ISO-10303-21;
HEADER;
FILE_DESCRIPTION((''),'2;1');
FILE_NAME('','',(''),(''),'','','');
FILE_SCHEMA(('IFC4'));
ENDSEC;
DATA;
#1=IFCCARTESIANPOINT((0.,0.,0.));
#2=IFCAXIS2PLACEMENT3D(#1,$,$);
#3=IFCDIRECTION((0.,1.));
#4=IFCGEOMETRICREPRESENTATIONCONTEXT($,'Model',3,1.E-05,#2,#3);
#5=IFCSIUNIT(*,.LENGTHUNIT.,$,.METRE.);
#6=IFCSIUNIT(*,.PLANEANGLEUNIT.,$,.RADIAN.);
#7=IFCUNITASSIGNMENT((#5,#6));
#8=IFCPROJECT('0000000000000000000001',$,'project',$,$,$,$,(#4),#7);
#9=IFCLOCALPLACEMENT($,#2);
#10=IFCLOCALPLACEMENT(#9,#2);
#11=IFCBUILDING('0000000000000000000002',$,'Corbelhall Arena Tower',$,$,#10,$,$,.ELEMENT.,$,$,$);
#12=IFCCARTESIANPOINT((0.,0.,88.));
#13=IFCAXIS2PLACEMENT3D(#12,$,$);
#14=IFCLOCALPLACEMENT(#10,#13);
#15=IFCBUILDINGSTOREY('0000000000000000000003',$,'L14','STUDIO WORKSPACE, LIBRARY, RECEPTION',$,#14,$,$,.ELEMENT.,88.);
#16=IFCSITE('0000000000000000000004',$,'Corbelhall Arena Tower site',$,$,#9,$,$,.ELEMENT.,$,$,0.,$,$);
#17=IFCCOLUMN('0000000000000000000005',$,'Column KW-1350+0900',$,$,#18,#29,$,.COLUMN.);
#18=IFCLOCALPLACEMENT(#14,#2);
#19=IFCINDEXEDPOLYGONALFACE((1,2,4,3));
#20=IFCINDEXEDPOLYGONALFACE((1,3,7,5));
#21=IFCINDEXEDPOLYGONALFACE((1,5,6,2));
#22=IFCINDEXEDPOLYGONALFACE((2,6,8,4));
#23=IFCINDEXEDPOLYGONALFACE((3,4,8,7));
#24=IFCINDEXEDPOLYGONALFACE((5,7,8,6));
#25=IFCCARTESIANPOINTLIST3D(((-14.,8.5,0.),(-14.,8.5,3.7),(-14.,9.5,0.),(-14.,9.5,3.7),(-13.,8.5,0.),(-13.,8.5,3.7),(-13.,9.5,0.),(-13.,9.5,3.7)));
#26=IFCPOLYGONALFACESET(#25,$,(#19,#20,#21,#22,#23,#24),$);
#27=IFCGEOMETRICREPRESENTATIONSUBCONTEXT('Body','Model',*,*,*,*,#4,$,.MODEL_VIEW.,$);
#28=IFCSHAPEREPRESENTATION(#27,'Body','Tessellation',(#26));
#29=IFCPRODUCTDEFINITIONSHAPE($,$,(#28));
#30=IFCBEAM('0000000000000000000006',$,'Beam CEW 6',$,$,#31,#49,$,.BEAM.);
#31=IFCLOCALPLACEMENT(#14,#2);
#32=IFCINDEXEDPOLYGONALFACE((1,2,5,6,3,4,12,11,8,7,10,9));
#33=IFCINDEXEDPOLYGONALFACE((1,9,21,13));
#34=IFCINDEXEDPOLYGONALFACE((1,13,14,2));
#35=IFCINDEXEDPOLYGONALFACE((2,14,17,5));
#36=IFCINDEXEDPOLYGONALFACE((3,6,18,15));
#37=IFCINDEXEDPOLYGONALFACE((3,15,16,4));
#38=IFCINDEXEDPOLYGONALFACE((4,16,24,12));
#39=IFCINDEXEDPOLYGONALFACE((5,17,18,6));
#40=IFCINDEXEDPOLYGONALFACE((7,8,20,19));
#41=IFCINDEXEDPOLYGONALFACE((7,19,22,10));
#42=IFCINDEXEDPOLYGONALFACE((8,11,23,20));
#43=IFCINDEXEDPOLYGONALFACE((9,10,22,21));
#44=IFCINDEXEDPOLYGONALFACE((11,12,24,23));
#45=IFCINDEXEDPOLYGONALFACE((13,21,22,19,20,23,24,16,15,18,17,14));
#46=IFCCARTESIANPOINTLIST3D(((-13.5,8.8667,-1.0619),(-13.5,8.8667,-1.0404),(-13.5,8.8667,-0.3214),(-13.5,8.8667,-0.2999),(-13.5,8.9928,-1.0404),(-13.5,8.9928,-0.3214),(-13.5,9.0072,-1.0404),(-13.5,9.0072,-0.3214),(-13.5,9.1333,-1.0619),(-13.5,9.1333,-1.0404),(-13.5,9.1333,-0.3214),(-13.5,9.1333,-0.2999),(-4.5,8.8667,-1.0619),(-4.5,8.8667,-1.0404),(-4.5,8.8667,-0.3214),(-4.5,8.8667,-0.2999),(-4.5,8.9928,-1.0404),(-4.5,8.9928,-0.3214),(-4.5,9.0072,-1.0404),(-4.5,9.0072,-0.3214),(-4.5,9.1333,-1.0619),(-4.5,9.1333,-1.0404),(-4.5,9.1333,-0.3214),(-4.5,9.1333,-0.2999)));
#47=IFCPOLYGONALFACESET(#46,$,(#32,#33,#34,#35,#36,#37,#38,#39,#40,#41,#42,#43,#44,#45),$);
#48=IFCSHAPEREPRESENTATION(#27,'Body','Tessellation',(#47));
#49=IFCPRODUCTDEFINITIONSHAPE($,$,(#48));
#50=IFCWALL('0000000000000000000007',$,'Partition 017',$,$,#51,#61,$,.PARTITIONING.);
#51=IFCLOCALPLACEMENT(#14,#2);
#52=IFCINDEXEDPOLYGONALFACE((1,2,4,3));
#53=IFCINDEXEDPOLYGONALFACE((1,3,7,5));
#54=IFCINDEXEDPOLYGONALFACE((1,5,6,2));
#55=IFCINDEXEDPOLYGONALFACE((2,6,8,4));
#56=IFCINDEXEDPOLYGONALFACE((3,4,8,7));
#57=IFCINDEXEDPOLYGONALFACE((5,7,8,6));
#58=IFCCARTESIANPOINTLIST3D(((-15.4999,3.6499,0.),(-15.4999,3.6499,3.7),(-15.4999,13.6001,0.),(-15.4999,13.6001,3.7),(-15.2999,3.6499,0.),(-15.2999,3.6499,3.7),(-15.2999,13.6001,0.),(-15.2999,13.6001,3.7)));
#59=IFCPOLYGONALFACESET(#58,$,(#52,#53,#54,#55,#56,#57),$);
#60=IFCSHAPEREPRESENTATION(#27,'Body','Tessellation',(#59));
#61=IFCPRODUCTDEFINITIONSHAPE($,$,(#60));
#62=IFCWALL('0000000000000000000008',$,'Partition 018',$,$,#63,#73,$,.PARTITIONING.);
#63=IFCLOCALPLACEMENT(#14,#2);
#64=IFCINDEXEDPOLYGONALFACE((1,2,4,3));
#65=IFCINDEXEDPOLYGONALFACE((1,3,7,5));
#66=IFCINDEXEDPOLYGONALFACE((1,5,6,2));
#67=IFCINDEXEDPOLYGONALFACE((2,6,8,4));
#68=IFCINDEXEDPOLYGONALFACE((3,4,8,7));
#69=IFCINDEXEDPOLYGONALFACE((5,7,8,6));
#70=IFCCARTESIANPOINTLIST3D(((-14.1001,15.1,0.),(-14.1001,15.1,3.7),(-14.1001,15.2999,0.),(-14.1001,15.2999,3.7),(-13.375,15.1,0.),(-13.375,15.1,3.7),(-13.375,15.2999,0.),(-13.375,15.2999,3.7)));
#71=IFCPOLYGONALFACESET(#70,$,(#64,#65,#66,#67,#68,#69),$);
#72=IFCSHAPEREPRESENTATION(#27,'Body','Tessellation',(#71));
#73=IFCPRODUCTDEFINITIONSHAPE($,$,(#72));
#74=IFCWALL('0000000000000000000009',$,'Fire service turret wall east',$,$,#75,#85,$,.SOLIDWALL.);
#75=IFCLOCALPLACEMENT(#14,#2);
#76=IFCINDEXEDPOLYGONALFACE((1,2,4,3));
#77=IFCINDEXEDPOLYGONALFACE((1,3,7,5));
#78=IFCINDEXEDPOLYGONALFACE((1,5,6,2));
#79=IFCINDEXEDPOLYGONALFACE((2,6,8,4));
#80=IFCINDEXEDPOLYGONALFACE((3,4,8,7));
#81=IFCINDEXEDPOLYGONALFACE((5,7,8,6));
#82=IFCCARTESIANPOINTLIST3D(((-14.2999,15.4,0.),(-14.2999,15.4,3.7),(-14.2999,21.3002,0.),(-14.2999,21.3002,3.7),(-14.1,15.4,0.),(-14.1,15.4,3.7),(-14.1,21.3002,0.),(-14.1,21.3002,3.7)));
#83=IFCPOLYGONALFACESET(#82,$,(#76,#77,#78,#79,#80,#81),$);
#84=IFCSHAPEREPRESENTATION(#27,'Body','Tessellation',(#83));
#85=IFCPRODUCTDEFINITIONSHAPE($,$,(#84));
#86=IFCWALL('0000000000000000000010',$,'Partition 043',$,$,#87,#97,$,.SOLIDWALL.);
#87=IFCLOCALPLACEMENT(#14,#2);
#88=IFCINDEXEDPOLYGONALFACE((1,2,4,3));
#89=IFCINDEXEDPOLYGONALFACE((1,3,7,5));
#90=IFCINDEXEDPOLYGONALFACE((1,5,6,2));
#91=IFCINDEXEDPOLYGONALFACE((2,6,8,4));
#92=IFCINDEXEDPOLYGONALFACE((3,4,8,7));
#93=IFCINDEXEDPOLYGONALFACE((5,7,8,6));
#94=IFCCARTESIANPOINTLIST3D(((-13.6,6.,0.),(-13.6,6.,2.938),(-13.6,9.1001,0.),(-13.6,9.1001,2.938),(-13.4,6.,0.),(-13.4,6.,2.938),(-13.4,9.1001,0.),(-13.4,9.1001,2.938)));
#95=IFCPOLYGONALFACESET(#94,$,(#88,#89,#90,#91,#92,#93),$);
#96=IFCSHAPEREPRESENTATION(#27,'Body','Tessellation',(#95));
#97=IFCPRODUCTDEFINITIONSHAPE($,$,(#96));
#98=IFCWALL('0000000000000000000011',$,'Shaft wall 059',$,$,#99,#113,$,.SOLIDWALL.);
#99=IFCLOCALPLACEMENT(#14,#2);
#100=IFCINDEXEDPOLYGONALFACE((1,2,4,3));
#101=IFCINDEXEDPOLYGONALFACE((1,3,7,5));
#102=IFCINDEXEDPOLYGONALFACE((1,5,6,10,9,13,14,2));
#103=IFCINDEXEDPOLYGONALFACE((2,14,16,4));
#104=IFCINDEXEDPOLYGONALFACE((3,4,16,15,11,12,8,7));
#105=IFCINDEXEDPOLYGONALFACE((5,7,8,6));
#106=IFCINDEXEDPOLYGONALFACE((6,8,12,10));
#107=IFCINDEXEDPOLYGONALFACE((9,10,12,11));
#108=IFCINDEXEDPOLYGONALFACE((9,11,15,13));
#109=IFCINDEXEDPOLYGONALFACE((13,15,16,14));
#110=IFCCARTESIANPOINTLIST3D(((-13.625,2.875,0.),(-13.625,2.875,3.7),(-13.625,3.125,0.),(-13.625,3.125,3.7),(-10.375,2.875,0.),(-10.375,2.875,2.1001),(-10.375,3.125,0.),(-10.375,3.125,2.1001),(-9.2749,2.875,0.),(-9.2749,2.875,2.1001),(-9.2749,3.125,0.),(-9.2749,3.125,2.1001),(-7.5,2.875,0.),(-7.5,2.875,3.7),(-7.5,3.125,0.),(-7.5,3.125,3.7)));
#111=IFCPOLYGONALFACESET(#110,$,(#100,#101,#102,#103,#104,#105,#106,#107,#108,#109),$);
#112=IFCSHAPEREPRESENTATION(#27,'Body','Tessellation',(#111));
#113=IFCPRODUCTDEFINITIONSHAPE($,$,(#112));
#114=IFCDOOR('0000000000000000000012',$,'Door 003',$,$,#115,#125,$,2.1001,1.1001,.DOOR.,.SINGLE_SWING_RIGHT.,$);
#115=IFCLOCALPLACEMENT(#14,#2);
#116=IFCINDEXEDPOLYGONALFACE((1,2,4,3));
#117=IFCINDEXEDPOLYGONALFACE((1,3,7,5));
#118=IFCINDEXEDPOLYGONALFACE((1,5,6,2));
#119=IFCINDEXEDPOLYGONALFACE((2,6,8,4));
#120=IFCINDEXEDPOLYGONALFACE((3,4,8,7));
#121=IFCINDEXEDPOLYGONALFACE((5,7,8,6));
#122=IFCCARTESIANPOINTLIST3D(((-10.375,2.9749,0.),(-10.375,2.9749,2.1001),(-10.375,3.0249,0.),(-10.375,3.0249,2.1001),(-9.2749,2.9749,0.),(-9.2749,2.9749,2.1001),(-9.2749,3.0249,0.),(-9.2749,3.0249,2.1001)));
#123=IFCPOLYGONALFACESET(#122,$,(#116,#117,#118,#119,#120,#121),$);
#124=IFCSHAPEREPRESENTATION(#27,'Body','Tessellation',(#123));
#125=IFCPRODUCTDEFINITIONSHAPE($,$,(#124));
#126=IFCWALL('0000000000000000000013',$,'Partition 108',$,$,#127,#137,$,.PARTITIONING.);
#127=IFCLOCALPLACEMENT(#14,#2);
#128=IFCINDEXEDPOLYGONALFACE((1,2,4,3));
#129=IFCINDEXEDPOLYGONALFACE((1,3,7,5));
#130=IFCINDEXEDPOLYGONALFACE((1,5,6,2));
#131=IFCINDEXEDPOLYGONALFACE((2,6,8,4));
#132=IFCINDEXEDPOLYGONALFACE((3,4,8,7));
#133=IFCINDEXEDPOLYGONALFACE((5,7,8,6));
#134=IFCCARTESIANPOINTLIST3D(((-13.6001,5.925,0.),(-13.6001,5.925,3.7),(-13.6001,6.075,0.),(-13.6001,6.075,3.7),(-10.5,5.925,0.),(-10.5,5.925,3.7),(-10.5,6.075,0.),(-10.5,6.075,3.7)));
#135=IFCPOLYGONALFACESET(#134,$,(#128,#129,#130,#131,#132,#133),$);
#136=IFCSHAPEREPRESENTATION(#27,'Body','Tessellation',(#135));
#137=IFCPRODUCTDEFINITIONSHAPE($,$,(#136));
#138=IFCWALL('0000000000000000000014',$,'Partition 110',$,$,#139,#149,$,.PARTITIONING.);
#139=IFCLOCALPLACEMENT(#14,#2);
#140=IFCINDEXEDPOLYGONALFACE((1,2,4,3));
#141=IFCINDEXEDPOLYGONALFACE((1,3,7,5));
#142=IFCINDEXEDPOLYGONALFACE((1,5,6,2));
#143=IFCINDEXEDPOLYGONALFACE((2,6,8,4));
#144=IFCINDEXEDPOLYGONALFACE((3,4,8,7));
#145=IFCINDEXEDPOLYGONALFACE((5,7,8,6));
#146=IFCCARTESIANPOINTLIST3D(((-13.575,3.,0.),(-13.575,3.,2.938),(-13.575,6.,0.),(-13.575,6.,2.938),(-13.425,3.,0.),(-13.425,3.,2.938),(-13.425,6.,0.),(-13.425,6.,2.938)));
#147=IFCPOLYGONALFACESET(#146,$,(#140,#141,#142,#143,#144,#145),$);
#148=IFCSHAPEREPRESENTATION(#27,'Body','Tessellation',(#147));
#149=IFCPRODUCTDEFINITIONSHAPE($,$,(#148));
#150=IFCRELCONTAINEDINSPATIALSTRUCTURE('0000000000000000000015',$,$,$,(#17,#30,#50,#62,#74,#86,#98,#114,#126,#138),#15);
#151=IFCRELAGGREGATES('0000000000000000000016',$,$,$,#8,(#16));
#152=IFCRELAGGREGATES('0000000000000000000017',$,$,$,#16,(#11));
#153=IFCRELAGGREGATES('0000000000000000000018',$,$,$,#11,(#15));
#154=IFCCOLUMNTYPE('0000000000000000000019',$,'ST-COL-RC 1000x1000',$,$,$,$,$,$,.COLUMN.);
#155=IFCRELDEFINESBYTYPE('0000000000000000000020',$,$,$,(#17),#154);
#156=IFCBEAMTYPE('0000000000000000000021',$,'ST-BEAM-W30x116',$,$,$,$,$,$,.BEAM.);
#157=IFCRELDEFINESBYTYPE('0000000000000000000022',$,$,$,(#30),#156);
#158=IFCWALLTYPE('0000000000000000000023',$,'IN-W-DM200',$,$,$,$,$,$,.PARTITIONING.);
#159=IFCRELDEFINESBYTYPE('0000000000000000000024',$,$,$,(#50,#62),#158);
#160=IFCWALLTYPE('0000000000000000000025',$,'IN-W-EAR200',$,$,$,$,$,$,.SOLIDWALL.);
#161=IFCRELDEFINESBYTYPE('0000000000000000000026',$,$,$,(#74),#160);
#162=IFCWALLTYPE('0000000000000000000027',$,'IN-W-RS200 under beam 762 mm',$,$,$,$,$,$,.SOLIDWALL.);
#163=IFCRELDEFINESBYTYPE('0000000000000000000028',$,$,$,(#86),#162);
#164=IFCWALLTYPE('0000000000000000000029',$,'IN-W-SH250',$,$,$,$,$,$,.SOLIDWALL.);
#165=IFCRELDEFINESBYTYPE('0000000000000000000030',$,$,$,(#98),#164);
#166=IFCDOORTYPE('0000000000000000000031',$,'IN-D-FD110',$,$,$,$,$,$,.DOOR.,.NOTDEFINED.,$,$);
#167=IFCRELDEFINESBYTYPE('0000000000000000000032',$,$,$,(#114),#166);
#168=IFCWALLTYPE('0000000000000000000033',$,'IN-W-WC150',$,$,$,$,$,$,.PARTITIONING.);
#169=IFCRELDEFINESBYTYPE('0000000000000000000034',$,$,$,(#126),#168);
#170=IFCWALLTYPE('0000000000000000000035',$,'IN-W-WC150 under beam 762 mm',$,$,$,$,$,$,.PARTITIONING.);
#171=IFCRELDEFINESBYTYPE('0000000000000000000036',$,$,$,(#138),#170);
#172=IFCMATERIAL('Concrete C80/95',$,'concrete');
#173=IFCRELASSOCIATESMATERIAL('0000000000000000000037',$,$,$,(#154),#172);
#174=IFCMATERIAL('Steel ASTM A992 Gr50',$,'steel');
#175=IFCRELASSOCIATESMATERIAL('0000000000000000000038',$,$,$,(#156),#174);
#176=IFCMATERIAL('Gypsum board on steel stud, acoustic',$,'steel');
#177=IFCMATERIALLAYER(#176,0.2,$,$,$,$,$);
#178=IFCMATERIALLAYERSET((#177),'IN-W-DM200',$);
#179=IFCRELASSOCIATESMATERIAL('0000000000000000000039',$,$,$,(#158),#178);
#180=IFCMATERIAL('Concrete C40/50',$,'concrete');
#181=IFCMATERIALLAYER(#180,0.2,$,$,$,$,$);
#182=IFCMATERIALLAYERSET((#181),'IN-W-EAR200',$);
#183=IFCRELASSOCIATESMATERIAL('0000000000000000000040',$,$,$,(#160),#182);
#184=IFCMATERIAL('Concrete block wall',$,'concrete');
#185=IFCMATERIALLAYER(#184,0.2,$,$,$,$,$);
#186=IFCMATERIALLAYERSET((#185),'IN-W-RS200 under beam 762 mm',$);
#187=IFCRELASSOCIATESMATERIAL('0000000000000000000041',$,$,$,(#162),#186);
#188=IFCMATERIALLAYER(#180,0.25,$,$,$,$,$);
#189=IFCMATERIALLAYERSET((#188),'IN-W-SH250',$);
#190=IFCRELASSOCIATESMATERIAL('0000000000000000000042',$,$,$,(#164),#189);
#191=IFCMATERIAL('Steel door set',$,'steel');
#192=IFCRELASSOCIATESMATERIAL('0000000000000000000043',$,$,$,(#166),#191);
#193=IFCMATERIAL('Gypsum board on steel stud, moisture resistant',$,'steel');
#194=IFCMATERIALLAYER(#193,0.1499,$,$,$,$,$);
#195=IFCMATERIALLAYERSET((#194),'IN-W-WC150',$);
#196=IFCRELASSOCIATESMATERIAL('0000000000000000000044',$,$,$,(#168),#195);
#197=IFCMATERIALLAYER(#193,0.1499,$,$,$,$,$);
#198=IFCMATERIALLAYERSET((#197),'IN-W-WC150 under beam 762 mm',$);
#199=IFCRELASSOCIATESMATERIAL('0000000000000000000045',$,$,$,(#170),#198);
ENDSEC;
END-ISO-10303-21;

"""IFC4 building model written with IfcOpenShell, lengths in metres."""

from ifc_helpers import new_model, si_unit, direction, frame, frame_2d, origin, origin_2d, place, context, subcontext, project, spatial, rectangle, i_section, extrude, material, layer, layer_set, material_profile, profile_set, type_object, element, fill, save


model = new_model("IFC4")

# Units and contexts
model_context = context("Model", 3, precision=1e-05, world=origin(), true_north=direction((0.0, 1.0)))
body_context = subcontext(model_context, "Body", "Model", "MODEL_VIEW")
ifc_project = project(units=[si_unit("LENGTHUNIT", "METRE"), si_unit("PLANEANGLEUNIT", "RADIAN")], contexts=[model_context])

# Site, building, storey
site_placement = place(None, origin())
site = spatial("IfcSite", under=ifc_project, at=site_placement, Name="Corbelhall Arena Tower site", CompositionType="ELEMENT", RefElevation=0.0)
building_placement = place(site_placement, origin())
building = spatial("IfcBuilding", under=site, at=building_placement, Name="Corbelhall Arena Tower", CompositionType="ELEMENT")
storey_placement = place(building_placement, frame((0.0, 0.0, 88.0)))
storey = spatial("IfcBuildingStorey", under=building, at=storey_placement, Name="L14", Description="STUDIO WORKSPACE, LIBRARY, RECEPTION", CompositionType="ELEMENT", Elevation=88.0)

# Column
ifc_material_1 = material(Name="Concrete C80/95", Category="concrete")
ifc_material_profile_1 = material_profile(ifc_material_1, rectangle(XDim=1.0, YDim=1.0, at=origin_2d()))
ifc_profile_set_1 = profile_set([ifc_material_profile_1], Name="Concrete C80/95")
column_type = type_object("IfcColumnType", Name="ST-COL-RC 1000x1000", PredefinedType="COLUMN", material=ifc_profile_set_1)
column_placement = place(storey_placement, frame((-13.5, 9.0, 0.0), z_axis=(0.0, 0.0, 1.0), x_axis=(1.0, 0.0, 0.0)))
element("IfcColumn", 1, at=column_placement, inside=storey, type_object=column_type, Name="Column KW-1350+0900", PredefinedType="COLUMN", context=body_context, shape_type="SweptSolid", body=[
    extrude(rectangle(XDim=1.0, YDim=1.0, at=origin_2d()), origin(), (0.0, 0.0, 1.0), 3.7),
])

# Beam
ifc_material_2 = material(Name="Steel ASTM A992 Gr50", Category="steel")
ifc_material_profile_2 = material_profile(ifc_material_2, i_section(OverallWidth=0.2666, OverallDepth=0.762, WebThickness=0.0144, FlangeThickness=0.0215, at=origin_2d()))
ifc_profile_set_2 = profile_set([ifc_material_profile_2], Name="Steel ASTM A992 Gr50")
beam_type = type_object("IfcBeamType", Name="ST-BEAM-W30x116", PredefinedType="BEAM", material=ifc_profile_set_2)
beam_placement = place(storey_placement, frame((-13.5, 9.0, -0.6809), z_axis=(1.0, 0.0, 0.0), x_axis=(0.0, 1.0, 0.0)))
element("IfcBeam", 2, at=beam_placement, inside=storey, type_object=beam_type, Name="Beam CEW 6", PredefinedType="BEAM", context=body_context, shape_type="SweptSolid", body=[
    extrude(i_section(OverallWidth=0.2666, OverallDepth=0.762, WebThickness=0.0144, FlangeThickness=0.0215, at=origin_2d()), origin(), (0.0, 0.0, 1.0), 9.0),
])

# Shared definitions
ifc_material_3 = material(Name="Gypsum board on steel stud, acoustic", Category="steel")
ifc_layer_1 = layer(ifc_material_3, 0.2)
ifc_layer_set_1 = layer_set([ifc_layer_1], Name="IN-W-DM200")
wall_type_1 = type_object("IfcWallType", Name="IN-W-DM200", PredefinedType="PARTITIONING", material=ifc_layer_set_1)
ifc_material_4 = material(Name="Steel door set", Category="steel")

# Walls
wall_1_placement = place(storey_placement, frame((-15.3999, 3.6499, 0.0), z_axis=(0.0, 0.0, 1.0), x_axis=(0.0, 1.0, 0.0)))
element("IfcWall", 3, at=wall_1_placement, inside=storey, type_object=wall_type_1, Name="Partition 017", PredefinedType="PARTITIONING", context=body_context, shape_type="SweptSolid", body=[
    extrude(rectangle(XDim=9.9502, YDim=0.2, at=frame_2d((4.9751, 0.0))), origin(), (0.0, 0.0, 1.0), 3.7),
])
wall_2_placement = place(storey_placement, frame((-14.1001, 15.2, 0.0), z_axis=(0.0, 0.0, 1.0), x_axis=(1.0, 0.0, 0.0)))
element("IfcWall", 4, at=wall_2_placement, inside=storey, type_object=wall_type_1, Name="Partition 018", PredefinedType="PARTITIONING", context=body_context, shape_type="SweptSolid", body=[
    extrude(rectangle(XDim=0.7251, YDim=0.2, at=frame_2d((0.3625, 0.0))), origin(), (0.0, 0.0, 1.0), 3.7),
])
ifc_material_5 = material(Name="Concrete C40/50", Category="concrete")
ifc_layer_2 = layer(ifc_material_5, 0.2)
ifc_layer_set_2 = layer_set([ifc_layer_2], Name="IN-W-EAR200")
wall_type_2 = type_object("IfcWallType", Name="IN-W-EAR200", PredefinedType="SOLIDWALL", material=ifc_layer_set_2)
wall_3_placement = place(storey_placement, frame((-14.2, 15.3999, 0.0), z_axis=(0.0, 0.0, 1.0), x_axis=(0.0, 1.0, 0.0)))
element("IfcWall", 5, at=wall_3_placement, inside=storey, type_object=wall_type_2, Name="Fire service turret wall east", PredefinedType="SOLIDWALL", context=body_context, shape_type="SweptSolid", body=[
    extrude(rectangle(XDim=5.9001, YDim=0.2, at=frame_2d((2.9502, 0.0))), origin(), (0.0, 0.0, 1.0), 3.7),
])

# Wall
ifc_material_6 = material(Name="Concrete block wall", Category="concrete")
ifc_layer_3 = layer(ifc_material_6, 0.2)
ifc_layer_set_3 = layer_set([ifc_layer_3], Name="IN-W-RS200 under beam 762 mm")
wall_type_3 = type_object("IfcWallType", Name="IN-W-RS200 under beam 762 mm", PredefinedType="SOLIDWALL", material=ifc_layer_set_3)
wall_4_placement = place(storey_placement, frame((-13.5, 6.0, 0.0), z_axis=(0.0, 0.0, 1.0), x_axis=(0.0, 1.0, 0.0)))
element("IfcWall", 6, at=wall_4_placement, inside=storey, type_object=wall_type_3, Name="Partition 043", PredefinedType="SOLIDWALL", context=body_context, shape_type="SweptSolid", body=[
    extrude(rectangle(XDim=3.1001, YDim=0.2, at=frame_2d((1.55, 0.0))), origin(), (0.0, 0.0, 1.0), 2.938),
])

# Wall, opening, door
ifc_layer_4 = layer(ifc_material_5, 0.25)
ifc_layer_set_4 = layer_set([ifc_layer_4], Name="IN-W-SH250")
wall_type_4 = type_object("IfcWallType", Name="IN-W-SH250", PredefinedType="SOLIDWALL", material=ifc_layer_set_4)
wall_5_placement = place(storey_placement, frame((-13.625, 3.0, 0.0), z_axis=(0.0, 0.0, 1.0), x_axis=(1.0, 0.0, 0.0)))
wall_5 = element("IfcWall", 7, at=wall_5_placement, inside=storey, type_object=wall_type_4, Name="Shaft wall 059", PredefinedType="SOLIDWALL", context=body_context, shape_type="SweptSolid", body=[
    extrude(rectangle(XDim=6.125, YDim=0.25, at=frame_2d((3.0625, 0.0))), origin(), (0.0, 0.0, 1.0), 3.7),
])
opening_1_placement = place(wall_5_placement, frame((3.25, 0.0, 0.0)))
opening_1 = element("IfcOpeningElement", 8, at=opening_1_placement, cuts=wall_5, PredefinedType="OPENING", context=body_context, shape_type="SweptSolid", body=[
    extrude(rectangle(XDim=1.1001, YDim=2.1001, at=frame_2d((0.55, 1.05))), frame((0.0, 0.125, 0.0), z_axis=(0.0, -1.0, 0.0), x_axis=(1.0, 0.0, 0.0)), (0.0, 0.0, 1.0), 0.25),
])
door_type_1 = type_object("IfcDoorType", Name="IN-D-FD110", OperationType="NOTDEFINED", PredefinedType="DOOR", material=ifc_material_4)
door_1_placement = place(opening_1_placement, origin())
door_1 = element("IfcDoor", 9, at=door_1_placement, inside=storey, type_object=door_type_1, Name="Door 003", OperationType="SINGLE_SWING_RIGHT", OverallHeight=2.1001, OverallWidth=1.1001, PredefinedType="DOOR", context=body_context, shape_type="SweptSolid", body=[
    extrude(rectangle(XDim=1.1001, YDim=2.1001, at=frame_2d((0.55, 1.05))), frame((0.0, 0.0249, 0.0), z_axis=(0.0, -1.0, 0.0), x_axis=(1.0, 0.0, 0.0)), (0.0, 0.0, 1.0), 0.05),
])
fill(opening_1, door_1)

# Walls
ifc_material_7 = material(Name="Gypsum board on steel stud, moisture resistant", Category="steel")
ifc_layer_5 = layer(ifc_material_7, 0.1499)
ifc_layer_set_5 = layer_set([ifc_layer_5], Name="IN-W-WC150")
wall_type_5 = type_object("IfcWallType", Name="IN-W-WC150", PredefinedType="PARTITIONING", material=ifc_layer_set_5)
wall_6_placement = place(storey_placement, frame((-13.6001, 6.0, 0.0), z_axis=(0.0, 0.0, 1.0), x_axis=(1.0, 0.0, 0.0)))
element("IfcWall", 10, at=wall_6_placement, inside=storey, type_object=wall_type_5, Name="Partition 108", PredefinedType="PARTITIONING", context=body_context, shape_type="SweptSolid", body=[
    extrude(rectangle(XDim=3.1001, YDim=0.1499, at=frame_2d((1.55, 0.0))), origin(), (0.0, 0.0, 1.0), 3.7),
])
ifc_layer_6 = layer(ifc_material_7, 0.1499)
ifc_layer_set_6 = layer_set([ifc_layer_6], Name="IN-W-WC150 under beam 762 mm")
wall_type_6 = type_object("IfcWallType", Name="IN-W-WC150 under beam 762 mm", PredefinedType="PARTITIONING", material=ifc_layer_set_6)
wall_7_placement = place(storey_placement, frame((-13.5, 3.0, 0.0), z_axis=(0.0, 0.0, 1.0), x_axis=(0.0, 1.0, 0.0)))
element("IfcWall", 11, at=wall_7_placement, inside=storey, type_object=wall_type_6, Name="Partition 110", PredefinedType="PARTITIONING", context=body_context, shape_type="SweptSolid", body=[
    extrude(rectangle(XDim=3.0, YDim=0.1499, at=frame_2d((1.5, 0.0))), origin(), (0.0, 0.0, 1.0), 2.938),
])

save(model, "model.ifc")
